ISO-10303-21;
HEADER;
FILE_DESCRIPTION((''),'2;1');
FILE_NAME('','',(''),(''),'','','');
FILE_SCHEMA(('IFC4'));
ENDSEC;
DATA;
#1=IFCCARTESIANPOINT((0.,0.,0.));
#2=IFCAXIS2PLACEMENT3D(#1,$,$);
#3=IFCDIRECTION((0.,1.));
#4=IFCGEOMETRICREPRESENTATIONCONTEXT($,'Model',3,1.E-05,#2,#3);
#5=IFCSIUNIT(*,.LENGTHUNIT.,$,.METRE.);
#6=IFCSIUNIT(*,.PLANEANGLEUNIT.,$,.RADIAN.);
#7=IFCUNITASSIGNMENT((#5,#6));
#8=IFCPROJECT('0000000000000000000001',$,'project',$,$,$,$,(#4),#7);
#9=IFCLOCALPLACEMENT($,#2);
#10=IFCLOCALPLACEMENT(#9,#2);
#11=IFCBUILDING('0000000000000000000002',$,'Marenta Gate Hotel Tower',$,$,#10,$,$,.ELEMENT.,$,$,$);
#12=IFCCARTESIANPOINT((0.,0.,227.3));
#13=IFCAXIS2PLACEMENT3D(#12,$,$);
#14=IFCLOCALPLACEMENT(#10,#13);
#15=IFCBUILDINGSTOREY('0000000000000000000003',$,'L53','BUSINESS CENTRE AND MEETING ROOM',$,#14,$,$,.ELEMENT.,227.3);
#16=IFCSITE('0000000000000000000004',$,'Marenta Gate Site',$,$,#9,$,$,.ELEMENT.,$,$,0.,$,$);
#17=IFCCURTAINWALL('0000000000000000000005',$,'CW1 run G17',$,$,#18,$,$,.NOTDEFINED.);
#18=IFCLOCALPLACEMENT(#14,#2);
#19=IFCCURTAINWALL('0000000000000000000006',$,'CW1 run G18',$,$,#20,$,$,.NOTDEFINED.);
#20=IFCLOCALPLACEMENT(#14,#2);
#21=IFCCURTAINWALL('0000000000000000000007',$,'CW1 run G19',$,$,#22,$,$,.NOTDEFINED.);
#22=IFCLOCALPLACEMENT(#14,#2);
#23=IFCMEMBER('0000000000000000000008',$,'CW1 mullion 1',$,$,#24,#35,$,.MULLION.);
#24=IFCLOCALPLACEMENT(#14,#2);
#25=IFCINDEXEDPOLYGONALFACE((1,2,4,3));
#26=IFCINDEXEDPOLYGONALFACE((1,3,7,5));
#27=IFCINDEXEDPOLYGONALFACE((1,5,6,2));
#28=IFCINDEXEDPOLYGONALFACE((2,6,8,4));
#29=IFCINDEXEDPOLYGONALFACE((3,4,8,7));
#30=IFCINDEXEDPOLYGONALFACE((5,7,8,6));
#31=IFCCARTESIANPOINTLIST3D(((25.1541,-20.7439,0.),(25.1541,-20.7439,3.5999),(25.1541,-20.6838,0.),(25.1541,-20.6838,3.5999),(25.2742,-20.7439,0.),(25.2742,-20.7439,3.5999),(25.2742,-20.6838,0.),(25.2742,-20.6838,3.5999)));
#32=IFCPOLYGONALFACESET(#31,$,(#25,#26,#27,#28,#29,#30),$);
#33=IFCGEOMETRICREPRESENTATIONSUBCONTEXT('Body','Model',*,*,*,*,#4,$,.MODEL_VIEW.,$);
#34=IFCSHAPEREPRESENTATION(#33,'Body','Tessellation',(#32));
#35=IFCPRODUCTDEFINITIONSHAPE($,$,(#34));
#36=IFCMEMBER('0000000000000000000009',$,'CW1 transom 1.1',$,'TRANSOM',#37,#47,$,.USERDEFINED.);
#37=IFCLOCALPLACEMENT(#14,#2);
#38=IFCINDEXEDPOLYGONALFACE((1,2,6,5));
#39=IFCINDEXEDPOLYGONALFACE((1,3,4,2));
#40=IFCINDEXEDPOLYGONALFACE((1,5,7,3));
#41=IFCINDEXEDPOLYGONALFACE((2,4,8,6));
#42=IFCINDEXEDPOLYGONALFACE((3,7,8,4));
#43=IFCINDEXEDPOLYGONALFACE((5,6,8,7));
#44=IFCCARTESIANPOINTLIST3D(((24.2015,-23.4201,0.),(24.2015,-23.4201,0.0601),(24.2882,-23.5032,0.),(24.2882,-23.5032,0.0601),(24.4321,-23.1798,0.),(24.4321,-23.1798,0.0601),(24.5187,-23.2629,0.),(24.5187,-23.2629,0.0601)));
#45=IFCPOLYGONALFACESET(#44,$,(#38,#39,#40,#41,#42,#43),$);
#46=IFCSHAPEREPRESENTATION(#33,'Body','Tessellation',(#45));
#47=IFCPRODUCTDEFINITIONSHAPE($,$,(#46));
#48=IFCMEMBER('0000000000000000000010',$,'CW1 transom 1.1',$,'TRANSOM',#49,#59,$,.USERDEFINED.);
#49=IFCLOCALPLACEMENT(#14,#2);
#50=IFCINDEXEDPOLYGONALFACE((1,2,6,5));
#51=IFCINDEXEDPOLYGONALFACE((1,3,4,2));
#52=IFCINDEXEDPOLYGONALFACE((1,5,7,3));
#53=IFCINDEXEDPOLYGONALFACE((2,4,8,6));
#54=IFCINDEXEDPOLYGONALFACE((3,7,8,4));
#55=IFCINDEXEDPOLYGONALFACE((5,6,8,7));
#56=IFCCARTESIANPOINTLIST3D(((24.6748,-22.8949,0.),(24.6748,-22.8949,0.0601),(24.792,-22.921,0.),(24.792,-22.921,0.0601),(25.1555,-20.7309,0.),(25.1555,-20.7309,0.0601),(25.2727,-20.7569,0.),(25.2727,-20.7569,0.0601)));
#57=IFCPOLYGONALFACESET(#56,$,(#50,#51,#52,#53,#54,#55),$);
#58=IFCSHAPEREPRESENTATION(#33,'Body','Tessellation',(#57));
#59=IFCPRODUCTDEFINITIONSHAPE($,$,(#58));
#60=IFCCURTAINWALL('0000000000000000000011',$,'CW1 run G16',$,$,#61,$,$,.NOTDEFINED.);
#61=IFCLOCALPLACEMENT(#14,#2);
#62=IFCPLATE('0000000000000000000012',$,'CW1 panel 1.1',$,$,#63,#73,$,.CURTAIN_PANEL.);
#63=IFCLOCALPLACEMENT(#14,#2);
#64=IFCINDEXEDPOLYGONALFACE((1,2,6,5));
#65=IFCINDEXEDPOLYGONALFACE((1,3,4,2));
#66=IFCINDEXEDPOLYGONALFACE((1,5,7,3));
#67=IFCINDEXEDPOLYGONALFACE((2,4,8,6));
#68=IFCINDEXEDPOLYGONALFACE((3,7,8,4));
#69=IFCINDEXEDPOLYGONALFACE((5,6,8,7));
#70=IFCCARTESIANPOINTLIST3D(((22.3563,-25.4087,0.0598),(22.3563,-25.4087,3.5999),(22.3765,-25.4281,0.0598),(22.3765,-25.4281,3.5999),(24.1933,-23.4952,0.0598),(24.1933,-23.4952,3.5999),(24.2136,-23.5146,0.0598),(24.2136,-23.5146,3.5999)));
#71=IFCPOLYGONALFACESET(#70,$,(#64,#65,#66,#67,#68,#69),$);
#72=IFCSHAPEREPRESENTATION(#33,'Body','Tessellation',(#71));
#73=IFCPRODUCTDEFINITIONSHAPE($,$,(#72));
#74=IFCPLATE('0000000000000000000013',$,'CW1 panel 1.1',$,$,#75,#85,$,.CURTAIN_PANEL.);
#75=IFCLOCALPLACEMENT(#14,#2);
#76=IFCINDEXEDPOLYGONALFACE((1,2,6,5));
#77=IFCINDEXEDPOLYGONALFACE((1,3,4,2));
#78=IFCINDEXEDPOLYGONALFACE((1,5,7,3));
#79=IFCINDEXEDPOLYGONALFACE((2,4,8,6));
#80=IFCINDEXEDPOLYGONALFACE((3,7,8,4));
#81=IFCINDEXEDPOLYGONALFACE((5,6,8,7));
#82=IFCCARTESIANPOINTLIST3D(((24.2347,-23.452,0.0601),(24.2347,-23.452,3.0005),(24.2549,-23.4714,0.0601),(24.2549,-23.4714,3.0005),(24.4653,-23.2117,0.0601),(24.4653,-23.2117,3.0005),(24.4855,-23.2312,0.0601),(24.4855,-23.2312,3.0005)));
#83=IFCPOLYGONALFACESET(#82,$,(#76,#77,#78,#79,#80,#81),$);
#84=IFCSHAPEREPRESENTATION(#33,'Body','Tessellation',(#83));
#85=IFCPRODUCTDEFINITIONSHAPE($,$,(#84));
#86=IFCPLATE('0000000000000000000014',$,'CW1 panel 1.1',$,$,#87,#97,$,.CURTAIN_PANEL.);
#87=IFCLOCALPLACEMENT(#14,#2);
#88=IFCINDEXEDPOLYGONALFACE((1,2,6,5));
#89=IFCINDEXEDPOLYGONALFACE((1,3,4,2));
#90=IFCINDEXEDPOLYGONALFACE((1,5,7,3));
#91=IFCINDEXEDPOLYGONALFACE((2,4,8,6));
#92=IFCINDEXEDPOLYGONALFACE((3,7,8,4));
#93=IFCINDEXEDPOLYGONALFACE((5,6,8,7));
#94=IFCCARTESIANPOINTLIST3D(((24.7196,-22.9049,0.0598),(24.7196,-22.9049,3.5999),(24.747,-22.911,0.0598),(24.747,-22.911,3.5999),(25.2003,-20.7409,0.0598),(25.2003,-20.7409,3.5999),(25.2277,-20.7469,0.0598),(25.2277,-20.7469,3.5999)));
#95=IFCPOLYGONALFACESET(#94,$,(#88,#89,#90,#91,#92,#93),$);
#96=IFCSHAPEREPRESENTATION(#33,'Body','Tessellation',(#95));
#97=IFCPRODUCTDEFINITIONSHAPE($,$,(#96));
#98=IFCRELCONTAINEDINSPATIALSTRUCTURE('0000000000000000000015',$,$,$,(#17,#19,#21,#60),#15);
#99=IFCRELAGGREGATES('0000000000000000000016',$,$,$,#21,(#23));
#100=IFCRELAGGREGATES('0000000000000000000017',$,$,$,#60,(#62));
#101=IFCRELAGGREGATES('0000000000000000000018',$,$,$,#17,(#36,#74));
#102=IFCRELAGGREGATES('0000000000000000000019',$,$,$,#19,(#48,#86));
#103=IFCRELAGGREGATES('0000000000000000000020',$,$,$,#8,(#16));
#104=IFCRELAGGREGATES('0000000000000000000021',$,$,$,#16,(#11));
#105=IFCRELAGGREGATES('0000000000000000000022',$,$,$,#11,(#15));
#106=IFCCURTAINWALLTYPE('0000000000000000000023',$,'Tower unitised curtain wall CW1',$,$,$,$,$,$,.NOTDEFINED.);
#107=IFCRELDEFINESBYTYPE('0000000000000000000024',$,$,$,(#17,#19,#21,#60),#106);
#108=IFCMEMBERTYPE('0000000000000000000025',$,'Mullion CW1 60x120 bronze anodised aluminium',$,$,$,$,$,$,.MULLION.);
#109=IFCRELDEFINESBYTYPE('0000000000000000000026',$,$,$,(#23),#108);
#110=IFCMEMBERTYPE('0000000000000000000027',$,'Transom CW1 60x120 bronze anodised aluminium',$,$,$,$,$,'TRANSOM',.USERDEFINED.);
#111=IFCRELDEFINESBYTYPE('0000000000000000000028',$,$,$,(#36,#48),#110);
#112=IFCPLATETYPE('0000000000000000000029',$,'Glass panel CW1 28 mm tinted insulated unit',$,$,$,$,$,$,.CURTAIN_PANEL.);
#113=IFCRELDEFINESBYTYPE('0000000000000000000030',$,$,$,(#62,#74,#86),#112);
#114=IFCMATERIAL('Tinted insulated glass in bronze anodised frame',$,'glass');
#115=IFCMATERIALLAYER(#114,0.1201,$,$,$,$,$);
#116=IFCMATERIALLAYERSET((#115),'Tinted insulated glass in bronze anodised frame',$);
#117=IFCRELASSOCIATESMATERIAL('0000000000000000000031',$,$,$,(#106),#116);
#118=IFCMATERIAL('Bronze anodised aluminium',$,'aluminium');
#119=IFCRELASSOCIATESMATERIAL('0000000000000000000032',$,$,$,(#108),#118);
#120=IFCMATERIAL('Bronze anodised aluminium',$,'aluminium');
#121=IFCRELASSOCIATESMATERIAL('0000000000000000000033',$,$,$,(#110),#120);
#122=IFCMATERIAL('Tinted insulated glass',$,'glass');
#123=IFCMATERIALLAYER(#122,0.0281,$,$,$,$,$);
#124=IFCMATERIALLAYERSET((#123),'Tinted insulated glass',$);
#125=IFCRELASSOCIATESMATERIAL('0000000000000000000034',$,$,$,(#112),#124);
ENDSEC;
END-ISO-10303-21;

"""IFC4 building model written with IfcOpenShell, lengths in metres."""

from ifc_helpers import new_model, si_unit, direction, frame, origin, origin_2d, place, context, subcontext, project, spatial, rectangle, extrude, material, layer, layer_set, material_profile, profile_set, type_object, element, aggregate, save


model = new_model("IFC4")

# Units and contexts
model_context = context("Model", 3, precision=1e-05, world=origin(), true_north=direction((0.0, 1.0)))
body_context = subcontext(model_context, "Body", "Model", "MODEL_VIEW")
ifc_project = project(units=[si_unit("LENGTHUNIT", "METRE"), si_unit("PLANEANGLEUNIT", "RADIAN")], contexts=[model_context])

# Site, building, storey
site_placement = place(None, origin())
site = spatial("IfcSite", under=ifc_project, at=site_placement, Name="Marenta Gate Site", CompositionType="ELEMENT", RefElevation=0.0)
building_placement = place(site_placement, origin())
building = spatial("IfcBuilding", under=site, at=building_placement, Name="Marenta Gate Hotel Tower", CompositionType="ELEMENT")
storey_placement = place(building_placement, frame((0.0, 0.0, 227.3)))
storey = spatial("IfcBuildingStorey", under=building, at=storey_placement, Name="L53", Description="BUSINESS CENTRE AND MEETING ROOM", CompositionType="ELEMENT", Elevation=227.3)

# Curtain wall
ifc_material_1 = material(Name="Tinted insulated glass in bronze anodised frame", Category="glass")
ifc_layer_1 = layer(ifc_material_1, 0.1201)
ifc_layer_set_1 = layer_set([ifc_layer_1], Name="Tinted insulated glass in bronze anodised frame")
curtain_wall_type = type_object("IfcCurtainWallType", Name="Tower unitised curtain wall CW1", PredefinedType="NOTDEFINED", material=ifc_layer_set_1)
curtain_wall_1_placement = place(storey_placement, origin())
curtain_wall_1 = element("IfcCurtainWall", 1, at=curtain_wall_1_placement, inside=storey, type_object=curtain_wall_type, Name="CW1 run G17", PredefinedType="NOTDEFINED")
ifc_material_2 = material(Name="Bronze anodised aluminium", Category="aluminium")
ifc_material_profile_1 = material_profile(ifc_material_2, rectangle(XDim=0.1201, YDim=0.0601, at=origin_2d()), Name="Mullion CW1 60x120 bronze anodised aluminium")
ifc_profile_set_1 = profile_set([ifc_material_profile_1], Name="Bronze anodised aluminium")
member_type_1 = type_object("IfcMemberType", Name="Mullion CW1 60x120 bronze anodised aluminium", PredefinedType="MULLION", material=ifc_profile_set_1)

# Curtain walls, member
curtain_wall_2_placement = place(storey_placement, origin())
curtain_wall_2 = element("IfcCurtainWall", 2, at=curtain_wall_2_placement, inside=storey, type_object=curtain_wall_type, Name="CW1 run G18", PredefinedType="NOTDEFINED")
curtain_wall_3_placement = place(storey_placement, origin())
curtain_wall_3 = element("IfcCurtainWall", 3, at=curtain_wall_3_placement, inside=storey, type_object=curtain_wall_type, Name="CW1 run G19", PredefinedType="NOTDEFINED")
member_1_placement = place(storey_placement, frame((25.2141, -20.7139, 0.0), z_axis=(0.0, 0.0, 1.0), x_axis=(-1.0, 0.0, 0.0)))
member_1 = element("IfcMember", 4, at=member_1_placement, type_object=member_type_1, Name="CW1 mullion 1", PredefinedType="MULLION", context=body_context, shape_type="SweptSolid", body=[
    extrude(rectangle(XDim=0.1201, YDim=0.0601, at=origin_2d()), origin(), (0.0, 0.0, 1.0), 3.5999),
])
aggregate(curtain_wall_3, [member_1])

# Members
ifc_material_3 = material(Name="Bronze anodised aluminium", Category="aluminium")
ifc_material_profile_2 = material_profile(ifc_material_3, rectangle(XDim=0.1201, YDim=0.0601, at=origin_2d()), Name="Transom CW1 60x120 bronze anodised aluminium")
ifc_profile_set_2 = profile_set([ifc_material_profile_2], Name="Bronze anodised aluminium")
member_type_2 = type_object("IfcMemberType", Name="Transom CW1 60x120 bronze anodised aluminium", ElementType="TRANSOM", PredefinedType="USERDEFINED", material=ifc_profile_set_2)
member_2_placement = place(storey_placement, frame((24.2449, -23.4617, 0.03), z_axis=(0.692288, 0.721622, 0.0), x_axis=(-0.721622, 0.692288, 0.0)))
member_2 = element("IfcMember", 5, at=member_2_placement, type_object=member_type_2, Name="CW1 transom 1.1", ObjectType="TRANSOM", PredefinedType="USERDEFINED", context=body_context, shape_type="SweptSolid", body=[
    extrude(rectangle(XDim=0.1201, YDim=0.0601, at=origin_2d()), origin(), (0.0, 0.0, 1.0), 0.333),
])
member_3_placement = place(storey_placement, frame((24.7334, -22.908, 0.03), z_axis=(0.216849, 0.976205, 0.0), x_axis=(-0.976205, 0.216849, 0.0)))
member_3 = element("IfcMember", 6, at=member_3_placement, type_object=member_type_2, Name="CW1 transom 1.1", ObjectType="TRANSOM", PredefinedType="USERDEFINED", context=body_context, shape_type="SweptSolid", body=[
    extrude(rectangle(XDim=0.1201, YDim=0.0601, at=origin_2d()), origin(), (0.0, 0.0, 1.0), 2.2168),
])

# Curtain wall, plate
curtain_wall_4_placement = place(storey_placement, origin())
curtain_wall_4 = element("IfcCurtainWall", 7, at=curtain_wall_4_placement, inside=storey, type_object=curtain_wall_type, Name="CW1 run G16", PredefinedType="NOTDEFINED")
ifc_material_4 = material(Name="Tinted insulated glass", Category="glass")
ifc_layer_2 = layer(ifc_material_4, 0.0281)
ifc_layer_set_2 = layer_set([ifc_layer_2], Name="Tinted insulated glass")
plate_type = type_object("IfcPlateType", Name="Glass panel CW1 28 mm tinted insulated unit", PredefinedType="CURTAIN_PANEL", material=ifc_layer_set_2)
plate_1_placement = place(storey_placement, frame((23.2849, -24.4617, 0.0598), z_axis=(0.0, 0.0, 1.0), x_axis=(0.692545, 0.721375, 0.0)))
plate_1 = element("IfcPlate", 8, at=plate_1_placement, type_object=plate_type, Name="CW1 panel 1.1", PredefinedType="CURTAIN_PANEL", context=body_context, shape_type="SweptSolid", body=[
    extrude(rectangle(XDim=2.6526, YDim=0.0281, at=origin_2d()), origin(), (0.0, 0.0, 1.0), 3.54),
])
aggregate(curtain_wall_4, [plate_1])

# Plates
plate_2_placement = place(storey_placement, frame((24.3601, -23.3416, 0.0601), z_axis=(0.0, 0.0, 1.0), x_axis=(0.6925, 0.721418, 0.0)))
plate_2 = element("IfcPlate", 9, at=plate_2_placement, type_object=plate_type, Name="CW1 panel 1.1", PredefinedType="CURTAIN_PANEL", context=body_context, shape_type="SweptSolid", body=[
    extrude(rectangle(XDim=0.333, YDim=0.0281, at=origin_2d()), origin(), (0.0, 0.0, 1.0), 2.9404),
])
aggregate(curtain_wall_1, [member_2, plate_2])
plate_3_placement = place(storey_placement, frame((24.9736, -21.8259, 0.0598), z_axis=(0.0, 0.0, 1.0), x_axis=(0.216842, 0.976207, 0.0)))
plate_3 = element("IfcPlate", 10, at=plate_3_placement, type_object=plate_type, Name="CW1 panel 1.1", PredefinedType="CURTAIN_PANEL", context=body_context, shape_type="SweptSolid", body=[
    extrude(rectangle(XDim=2.2168, YDim=0.0281, at=origin_2d()), origin(), (0.0, 0.0, 1.0), 3.54),
])
aggregate(curtain_wall_2, [member_3, plate_3])

save(model, "model.ifc")
